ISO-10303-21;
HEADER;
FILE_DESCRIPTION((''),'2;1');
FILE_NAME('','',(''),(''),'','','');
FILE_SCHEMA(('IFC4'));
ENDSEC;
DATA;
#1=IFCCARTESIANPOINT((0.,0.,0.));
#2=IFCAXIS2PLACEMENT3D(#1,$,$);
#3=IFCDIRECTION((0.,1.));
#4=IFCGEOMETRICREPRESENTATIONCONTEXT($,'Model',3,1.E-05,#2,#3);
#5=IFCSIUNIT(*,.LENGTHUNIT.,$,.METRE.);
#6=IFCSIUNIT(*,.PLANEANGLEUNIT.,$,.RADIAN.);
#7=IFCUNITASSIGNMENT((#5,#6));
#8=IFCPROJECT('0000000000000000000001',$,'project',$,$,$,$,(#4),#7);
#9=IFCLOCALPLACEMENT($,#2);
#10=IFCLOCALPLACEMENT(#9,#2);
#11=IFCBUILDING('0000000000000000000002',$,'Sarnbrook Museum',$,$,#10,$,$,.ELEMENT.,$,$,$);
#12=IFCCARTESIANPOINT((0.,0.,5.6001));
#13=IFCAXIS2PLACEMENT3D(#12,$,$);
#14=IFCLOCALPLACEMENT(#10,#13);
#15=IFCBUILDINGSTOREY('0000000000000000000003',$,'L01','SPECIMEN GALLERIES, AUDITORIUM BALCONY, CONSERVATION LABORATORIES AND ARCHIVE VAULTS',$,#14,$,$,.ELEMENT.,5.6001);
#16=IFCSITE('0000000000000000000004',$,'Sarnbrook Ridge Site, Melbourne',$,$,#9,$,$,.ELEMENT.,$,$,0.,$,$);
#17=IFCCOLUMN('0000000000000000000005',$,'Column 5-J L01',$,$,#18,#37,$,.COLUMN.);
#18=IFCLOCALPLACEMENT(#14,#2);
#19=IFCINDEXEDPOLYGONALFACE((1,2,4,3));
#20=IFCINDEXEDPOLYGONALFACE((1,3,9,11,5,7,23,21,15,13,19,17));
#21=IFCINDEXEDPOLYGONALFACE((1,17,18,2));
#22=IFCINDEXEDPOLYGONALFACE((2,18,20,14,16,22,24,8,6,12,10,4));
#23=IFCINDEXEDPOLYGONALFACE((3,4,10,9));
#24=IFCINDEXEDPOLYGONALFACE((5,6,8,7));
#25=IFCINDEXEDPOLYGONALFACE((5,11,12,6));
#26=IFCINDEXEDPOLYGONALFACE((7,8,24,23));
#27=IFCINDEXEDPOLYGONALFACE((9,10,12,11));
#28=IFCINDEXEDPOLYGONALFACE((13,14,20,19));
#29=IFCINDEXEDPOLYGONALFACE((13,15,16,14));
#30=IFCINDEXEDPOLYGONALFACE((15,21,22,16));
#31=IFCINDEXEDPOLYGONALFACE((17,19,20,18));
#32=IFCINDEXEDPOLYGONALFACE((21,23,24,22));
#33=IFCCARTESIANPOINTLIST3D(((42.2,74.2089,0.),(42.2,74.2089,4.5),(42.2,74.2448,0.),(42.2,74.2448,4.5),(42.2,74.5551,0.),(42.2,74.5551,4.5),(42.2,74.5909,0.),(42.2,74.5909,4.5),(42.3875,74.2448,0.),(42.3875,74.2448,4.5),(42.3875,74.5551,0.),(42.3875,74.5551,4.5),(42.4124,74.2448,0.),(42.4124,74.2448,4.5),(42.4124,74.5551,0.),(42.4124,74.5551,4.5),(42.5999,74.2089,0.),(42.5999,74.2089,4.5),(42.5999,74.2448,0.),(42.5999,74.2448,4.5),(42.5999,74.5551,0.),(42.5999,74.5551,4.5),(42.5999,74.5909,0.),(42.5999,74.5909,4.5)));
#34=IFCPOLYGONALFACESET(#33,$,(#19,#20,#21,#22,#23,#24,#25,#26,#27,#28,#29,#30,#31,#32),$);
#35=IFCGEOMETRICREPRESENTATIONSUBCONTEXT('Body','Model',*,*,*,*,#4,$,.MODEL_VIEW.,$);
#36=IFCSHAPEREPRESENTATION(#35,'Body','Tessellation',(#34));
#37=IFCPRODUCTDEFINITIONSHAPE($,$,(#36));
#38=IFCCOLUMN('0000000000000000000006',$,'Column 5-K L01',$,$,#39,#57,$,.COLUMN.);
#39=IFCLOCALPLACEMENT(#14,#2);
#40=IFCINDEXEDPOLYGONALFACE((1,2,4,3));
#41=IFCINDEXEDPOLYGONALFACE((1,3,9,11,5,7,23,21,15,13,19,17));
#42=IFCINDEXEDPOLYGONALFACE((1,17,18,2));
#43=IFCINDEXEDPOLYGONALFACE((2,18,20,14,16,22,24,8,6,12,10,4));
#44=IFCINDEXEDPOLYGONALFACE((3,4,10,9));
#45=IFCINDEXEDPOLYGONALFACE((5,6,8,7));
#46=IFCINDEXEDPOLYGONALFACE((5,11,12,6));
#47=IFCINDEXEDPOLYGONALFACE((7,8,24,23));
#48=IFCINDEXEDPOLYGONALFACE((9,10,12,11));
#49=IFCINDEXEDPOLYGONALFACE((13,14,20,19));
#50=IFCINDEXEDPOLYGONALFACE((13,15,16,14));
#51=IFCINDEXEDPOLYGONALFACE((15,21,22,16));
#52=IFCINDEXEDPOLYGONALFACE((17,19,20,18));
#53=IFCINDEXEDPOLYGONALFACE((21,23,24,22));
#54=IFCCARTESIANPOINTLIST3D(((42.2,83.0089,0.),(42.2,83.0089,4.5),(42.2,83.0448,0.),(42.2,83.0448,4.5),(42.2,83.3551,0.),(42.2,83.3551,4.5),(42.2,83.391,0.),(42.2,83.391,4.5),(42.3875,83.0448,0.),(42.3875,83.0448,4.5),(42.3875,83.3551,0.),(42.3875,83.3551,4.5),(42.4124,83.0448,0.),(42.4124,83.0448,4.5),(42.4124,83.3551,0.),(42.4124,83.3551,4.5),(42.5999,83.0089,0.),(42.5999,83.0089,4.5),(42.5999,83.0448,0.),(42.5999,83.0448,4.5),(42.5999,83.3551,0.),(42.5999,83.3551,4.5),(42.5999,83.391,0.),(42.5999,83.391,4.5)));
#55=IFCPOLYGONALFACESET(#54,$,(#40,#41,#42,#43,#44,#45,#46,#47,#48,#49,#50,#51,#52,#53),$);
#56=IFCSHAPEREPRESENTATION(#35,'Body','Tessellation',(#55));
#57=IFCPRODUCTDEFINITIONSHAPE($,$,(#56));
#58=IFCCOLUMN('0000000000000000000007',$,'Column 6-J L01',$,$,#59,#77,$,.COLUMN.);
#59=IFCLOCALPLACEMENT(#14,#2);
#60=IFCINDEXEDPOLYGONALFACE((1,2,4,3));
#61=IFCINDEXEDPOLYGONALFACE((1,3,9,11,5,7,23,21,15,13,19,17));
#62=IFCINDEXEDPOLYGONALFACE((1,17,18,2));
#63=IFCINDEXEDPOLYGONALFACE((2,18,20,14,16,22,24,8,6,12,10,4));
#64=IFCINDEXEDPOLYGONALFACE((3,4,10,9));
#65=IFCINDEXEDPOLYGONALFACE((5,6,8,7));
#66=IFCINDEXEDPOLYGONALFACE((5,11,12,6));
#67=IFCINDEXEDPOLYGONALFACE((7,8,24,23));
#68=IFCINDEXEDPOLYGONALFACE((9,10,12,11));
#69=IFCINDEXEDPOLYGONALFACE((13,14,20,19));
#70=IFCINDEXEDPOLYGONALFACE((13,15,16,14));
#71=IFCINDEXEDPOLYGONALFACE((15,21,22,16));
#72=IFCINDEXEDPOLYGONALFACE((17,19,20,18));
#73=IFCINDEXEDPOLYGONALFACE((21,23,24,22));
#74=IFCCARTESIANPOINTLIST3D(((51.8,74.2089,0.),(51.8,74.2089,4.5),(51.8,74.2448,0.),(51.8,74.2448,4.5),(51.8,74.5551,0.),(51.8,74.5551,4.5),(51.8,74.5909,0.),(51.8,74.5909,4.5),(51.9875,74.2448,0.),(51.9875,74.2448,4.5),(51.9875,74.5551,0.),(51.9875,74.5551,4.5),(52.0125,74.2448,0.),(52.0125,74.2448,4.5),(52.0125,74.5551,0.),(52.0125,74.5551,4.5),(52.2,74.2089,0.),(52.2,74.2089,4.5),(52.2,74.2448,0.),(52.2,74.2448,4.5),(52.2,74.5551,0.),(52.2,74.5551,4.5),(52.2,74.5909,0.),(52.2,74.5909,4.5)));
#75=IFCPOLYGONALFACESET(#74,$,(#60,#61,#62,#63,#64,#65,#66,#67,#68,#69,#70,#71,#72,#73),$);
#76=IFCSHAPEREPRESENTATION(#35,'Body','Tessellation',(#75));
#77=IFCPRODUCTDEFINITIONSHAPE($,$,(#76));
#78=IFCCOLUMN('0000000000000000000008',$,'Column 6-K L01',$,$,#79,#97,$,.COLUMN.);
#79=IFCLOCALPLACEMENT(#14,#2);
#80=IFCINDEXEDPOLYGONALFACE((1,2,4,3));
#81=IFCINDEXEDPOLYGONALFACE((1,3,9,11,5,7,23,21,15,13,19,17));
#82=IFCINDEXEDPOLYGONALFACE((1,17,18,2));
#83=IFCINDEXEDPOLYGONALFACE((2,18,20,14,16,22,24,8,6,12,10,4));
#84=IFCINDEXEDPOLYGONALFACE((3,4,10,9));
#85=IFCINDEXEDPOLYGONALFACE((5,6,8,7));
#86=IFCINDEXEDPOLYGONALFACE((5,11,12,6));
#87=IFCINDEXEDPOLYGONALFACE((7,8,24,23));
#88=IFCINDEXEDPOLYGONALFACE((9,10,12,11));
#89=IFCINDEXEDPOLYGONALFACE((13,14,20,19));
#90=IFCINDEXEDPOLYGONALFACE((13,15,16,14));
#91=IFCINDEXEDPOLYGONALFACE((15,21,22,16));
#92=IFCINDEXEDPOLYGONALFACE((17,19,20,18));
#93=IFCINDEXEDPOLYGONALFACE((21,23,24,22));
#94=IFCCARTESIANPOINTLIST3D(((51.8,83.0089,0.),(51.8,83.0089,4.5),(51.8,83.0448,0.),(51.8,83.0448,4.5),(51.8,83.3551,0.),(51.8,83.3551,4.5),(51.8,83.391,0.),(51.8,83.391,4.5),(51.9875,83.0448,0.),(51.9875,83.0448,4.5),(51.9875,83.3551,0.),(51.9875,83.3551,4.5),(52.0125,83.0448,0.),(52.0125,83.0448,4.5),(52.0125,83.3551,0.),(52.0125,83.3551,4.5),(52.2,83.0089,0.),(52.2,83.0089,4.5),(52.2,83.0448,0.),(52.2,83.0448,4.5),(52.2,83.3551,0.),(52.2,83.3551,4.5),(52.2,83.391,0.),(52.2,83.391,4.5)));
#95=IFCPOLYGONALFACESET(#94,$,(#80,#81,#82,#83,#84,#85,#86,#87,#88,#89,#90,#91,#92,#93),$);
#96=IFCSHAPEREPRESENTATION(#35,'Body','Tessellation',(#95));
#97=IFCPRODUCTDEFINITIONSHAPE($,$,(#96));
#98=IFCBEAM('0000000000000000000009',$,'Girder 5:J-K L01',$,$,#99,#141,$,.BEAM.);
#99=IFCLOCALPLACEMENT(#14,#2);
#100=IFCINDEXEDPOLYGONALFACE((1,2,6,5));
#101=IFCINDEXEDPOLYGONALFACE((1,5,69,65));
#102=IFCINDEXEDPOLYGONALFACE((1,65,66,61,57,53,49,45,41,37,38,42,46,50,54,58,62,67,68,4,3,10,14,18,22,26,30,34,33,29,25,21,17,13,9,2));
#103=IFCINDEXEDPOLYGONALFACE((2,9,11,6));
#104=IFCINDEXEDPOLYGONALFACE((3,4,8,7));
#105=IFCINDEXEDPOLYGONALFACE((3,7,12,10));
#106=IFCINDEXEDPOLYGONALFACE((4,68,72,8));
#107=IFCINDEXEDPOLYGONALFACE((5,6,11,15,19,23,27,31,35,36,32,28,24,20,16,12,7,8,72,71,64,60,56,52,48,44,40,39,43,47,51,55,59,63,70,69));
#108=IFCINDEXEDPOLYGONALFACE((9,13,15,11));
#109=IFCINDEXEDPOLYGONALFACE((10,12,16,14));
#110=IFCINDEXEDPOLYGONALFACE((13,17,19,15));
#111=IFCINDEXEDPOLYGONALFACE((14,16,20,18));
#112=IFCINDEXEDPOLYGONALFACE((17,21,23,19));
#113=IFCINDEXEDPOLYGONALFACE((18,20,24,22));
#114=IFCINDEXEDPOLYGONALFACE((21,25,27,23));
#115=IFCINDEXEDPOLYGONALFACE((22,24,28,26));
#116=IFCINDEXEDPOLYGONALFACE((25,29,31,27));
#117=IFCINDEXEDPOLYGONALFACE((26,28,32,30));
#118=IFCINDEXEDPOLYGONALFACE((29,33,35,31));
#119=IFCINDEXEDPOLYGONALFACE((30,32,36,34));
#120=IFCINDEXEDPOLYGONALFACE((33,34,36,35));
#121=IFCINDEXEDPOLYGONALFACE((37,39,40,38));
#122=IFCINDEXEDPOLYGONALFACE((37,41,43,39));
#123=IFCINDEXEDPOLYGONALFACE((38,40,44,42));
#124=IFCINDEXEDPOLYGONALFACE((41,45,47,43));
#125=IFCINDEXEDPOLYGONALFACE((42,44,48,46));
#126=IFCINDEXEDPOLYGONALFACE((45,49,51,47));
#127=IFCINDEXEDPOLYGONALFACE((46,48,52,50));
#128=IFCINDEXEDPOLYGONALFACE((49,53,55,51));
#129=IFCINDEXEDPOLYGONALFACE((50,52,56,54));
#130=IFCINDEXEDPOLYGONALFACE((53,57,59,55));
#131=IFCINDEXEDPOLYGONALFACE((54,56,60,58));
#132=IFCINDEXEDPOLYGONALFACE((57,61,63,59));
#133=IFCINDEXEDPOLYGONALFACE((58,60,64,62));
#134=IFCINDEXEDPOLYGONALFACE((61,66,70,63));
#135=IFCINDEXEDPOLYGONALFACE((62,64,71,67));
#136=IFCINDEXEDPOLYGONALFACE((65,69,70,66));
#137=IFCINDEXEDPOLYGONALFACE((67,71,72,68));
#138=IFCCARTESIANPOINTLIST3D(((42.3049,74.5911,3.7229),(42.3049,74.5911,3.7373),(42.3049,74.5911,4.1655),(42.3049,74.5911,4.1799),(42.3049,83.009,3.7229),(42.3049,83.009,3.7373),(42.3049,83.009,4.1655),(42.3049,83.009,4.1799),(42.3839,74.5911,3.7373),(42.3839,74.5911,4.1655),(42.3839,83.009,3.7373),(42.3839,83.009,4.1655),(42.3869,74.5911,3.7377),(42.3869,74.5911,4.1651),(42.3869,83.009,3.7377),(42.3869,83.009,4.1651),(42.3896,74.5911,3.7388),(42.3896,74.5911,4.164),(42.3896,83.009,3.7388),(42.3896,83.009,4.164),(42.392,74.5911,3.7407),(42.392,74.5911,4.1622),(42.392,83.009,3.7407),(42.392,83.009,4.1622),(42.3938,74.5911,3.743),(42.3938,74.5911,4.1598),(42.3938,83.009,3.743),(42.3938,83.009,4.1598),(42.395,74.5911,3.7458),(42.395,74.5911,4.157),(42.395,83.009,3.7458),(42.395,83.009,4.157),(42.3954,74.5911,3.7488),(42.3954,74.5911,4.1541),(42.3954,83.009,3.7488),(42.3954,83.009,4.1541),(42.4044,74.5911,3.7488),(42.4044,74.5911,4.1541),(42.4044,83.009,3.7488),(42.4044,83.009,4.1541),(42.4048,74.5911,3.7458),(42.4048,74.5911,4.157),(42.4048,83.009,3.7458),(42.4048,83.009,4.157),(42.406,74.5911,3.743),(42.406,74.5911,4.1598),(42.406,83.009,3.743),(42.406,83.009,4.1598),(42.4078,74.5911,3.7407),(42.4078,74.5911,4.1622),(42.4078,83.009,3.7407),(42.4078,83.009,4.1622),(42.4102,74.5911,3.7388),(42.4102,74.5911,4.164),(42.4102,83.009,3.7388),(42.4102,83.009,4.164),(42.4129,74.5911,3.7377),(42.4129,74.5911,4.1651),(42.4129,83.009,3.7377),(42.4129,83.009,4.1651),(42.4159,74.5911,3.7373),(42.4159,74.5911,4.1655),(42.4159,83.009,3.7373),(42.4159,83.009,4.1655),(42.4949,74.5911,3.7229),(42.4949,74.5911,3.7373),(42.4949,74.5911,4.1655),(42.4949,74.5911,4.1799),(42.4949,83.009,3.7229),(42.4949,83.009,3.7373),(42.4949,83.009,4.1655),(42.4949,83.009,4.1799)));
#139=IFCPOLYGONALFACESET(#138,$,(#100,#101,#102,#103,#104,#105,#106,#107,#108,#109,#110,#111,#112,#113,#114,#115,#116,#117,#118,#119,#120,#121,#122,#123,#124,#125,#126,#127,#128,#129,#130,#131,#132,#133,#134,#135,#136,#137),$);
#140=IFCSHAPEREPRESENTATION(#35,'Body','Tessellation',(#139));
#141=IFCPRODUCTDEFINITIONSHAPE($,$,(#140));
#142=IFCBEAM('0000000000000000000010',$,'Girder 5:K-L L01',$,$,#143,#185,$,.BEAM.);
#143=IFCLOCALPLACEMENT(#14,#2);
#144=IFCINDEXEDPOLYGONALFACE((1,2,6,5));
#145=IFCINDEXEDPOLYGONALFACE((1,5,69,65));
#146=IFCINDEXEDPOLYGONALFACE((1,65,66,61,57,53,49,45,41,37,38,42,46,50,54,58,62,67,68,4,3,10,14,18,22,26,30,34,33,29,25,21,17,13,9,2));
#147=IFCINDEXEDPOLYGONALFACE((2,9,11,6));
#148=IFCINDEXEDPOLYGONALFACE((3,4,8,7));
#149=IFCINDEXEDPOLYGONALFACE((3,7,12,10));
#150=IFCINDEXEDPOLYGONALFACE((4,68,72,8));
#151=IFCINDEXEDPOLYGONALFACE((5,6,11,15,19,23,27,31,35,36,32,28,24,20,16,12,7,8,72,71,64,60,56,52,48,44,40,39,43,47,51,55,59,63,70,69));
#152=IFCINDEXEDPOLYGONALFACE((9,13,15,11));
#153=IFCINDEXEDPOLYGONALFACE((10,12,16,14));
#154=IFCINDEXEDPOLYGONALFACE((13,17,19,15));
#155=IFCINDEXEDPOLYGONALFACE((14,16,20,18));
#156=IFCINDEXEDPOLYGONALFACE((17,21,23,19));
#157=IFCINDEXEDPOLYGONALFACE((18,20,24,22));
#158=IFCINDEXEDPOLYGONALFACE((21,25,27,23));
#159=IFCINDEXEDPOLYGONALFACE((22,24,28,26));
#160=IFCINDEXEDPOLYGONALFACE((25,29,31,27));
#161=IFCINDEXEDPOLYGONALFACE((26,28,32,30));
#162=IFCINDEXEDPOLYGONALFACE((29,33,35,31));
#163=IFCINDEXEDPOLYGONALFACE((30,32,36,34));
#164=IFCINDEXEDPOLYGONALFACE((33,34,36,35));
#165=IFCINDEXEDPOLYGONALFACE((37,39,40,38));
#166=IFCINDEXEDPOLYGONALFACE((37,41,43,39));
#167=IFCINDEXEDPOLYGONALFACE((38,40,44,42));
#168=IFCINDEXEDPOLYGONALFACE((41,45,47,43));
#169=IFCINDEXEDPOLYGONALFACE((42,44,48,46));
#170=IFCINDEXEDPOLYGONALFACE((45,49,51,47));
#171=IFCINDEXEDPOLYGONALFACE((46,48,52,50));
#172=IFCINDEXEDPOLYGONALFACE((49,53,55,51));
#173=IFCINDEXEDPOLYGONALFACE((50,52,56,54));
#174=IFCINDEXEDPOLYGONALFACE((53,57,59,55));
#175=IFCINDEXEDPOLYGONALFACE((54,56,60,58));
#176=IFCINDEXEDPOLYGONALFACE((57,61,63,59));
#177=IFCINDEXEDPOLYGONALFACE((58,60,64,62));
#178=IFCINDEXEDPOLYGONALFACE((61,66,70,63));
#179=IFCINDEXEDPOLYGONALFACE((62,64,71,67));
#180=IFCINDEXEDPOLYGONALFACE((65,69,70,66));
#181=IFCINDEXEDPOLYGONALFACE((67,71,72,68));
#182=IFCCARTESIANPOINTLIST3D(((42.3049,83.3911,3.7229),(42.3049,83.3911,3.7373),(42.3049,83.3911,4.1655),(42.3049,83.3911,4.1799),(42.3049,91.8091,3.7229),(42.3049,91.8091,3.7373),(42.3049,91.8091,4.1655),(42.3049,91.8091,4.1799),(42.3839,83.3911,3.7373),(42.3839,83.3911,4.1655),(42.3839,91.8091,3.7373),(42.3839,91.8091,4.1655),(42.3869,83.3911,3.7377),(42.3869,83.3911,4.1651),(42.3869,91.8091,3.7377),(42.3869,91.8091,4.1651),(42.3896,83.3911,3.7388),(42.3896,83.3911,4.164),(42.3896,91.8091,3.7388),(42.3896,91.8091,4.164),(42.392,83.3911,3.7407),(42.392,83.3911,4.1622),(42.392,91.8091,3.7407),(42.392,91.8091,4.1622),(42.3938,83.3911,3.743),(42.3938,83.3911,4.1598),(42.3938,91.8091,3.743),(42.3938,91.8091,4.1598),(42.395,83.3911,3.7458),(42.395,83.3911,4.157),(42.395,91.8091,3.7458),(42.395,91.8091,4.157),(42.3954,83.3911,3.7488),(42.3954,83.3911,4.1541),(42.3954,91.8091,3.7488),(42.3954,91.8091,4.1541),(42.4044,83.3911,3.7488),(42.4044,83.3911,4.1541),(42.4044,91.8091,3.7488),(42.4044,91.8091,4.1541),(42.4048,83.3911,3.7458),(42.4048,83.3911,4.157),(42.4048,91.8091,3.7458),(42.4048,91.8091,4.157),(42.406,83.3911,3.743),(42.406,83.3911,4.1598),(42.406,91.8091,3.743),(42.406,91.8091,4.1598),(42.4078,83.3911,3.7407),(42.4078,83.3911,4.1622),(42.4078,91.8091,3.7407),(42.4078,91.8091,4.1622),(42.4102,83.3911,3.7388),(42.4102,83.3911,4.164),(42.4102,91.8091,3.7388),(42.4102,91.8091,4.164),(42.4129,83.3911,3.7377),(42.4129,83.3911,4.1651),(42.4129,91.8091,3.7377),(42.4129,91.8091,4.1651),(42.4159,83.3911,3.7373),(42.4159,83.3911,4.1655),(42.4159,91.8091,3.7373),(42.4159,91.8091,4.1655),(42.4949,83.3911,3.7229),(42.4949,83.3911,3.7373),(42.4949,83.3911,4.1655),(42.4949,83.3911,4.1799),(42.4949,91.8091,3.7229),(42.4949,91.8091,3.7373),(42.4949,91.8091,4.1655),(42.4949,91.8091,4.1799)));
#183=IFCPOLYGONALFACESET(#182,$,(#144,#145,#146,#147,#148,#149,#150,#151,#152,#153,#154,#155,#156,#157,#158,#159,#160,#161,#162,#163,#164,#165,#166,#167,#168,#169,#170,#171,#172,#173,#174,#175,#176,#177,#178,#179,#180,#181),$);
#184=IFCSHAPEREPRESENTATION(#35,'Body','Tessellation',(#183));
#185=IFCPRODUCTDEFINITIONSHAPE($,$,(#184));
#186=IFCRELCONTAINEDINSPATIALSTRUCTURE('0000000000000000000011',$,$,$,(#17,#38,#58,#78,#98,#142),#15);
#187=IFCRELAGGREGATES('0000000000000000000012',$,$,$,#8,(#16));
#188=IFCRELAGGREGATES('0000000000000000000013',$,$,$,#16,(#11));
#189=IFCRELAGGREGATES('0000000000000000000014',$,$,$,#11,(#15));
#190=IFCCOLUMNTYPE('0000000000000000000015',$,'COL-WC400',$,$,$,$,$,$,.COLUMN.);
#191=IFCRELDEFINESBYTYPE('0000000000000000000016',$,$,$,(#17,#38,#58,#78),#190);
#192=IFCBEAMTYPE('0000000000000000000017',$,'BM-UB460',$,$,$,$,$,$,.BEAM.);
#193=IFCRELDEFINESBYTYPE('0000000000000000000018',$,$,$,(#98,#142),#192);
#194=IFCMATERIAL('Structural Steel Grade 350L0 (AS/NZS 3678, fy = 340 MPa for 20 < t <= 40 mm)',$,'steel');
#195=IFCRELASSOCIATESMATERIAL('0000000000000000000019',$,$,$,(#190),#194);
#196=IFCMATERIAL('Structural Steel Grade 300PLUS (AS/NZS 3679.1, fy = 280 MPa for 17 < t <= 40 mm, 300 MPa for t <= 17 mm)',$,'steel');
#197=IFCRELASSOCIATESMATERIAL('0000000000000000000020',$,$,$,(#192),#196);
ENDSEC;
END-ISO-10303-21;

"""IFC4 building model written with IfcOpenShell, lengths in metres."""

from ifc_helpers import new_model, si_unit, direction, frame, origin, origin_2d, place, context, subcontext, project, spatial, i_section, extrude, material, material_profile, profile_set, type_object, element, save


model = new_model("IFC4")

# Units and contexts
model_context = context("Model", 3, precision=1e-05, world=origin(), true_north=direction((0.0, 1.0)))
body_context = subcontext(model_context, "Body", "Model", "MODEL_VIEW")
ifc_project = project(units=[si_unit("LENGTHUNIT", "METRE"), si_unit("PLANEANGLEUNIT", "RADIAN")], contexts=[model_context])

# Site, building, storey
site_placement = place(None, origin())
site = spatial("IfcSite", under=ifc_project, at=site_placement, Name="Sarnbrook Ridge Site, Melbourne", CompositionType="ELEMENT", RefElevation=0.0)
building_placement = place(site_placement, origin())
building = spatial("IfcBuilding", under=site, at=building_placement, Name="Sarnbrook Museum", CompositionType="ELEMENT")
storey_placement = place(building_placement, frame((0.0, 0.0, 5.6001)))
storey = spatial("IfcBuildingStorey", under=building, at=storey_placement, Name="L01", Description="SPECIMEN GALLERIES, AUDITORIUM BALCONY, CONSERVATION LABORATORIES AND ARCHIVE VAULTS", CompositionType="ELEMENT", Elevation=5.6001)

# Columns
ifc_material_1 = material(Name="Structural Steel Grade 350L0 (AS/NZS 3678, fy = 340 MPa for 20 < t <= 40 mm)", Category="steel")
ifc_material_profile_1 = material_profile(ifc_material_1, i_section(OverallWidth=0.3999, OverallDepth=0.3821, WebThickness=0.0249, FlangeThickness=0.0359, at=origin_2d()), Name="400WC270")
ifc_profile_set_1 = profile_set([ifc_material_profile_1], Name="Structural Steel Grade 350L0 (AS/NZS 3678, fy = 340 MPa for 20 < t <= 40 mm)")
column_type = type_object("IfcColumnType", Name="COL-WC400", PredefinedType="COLUMN", material=ifc_profile_set_1)
for number, where, z_axis, x_axis, name in (
    (1, (42.3999, 74.3999, 0.0), (0.0, 0.0, 1.0), (1.0, 0.0, 0.0), "Column 5-J L01"),
    (2, (42.3999, 83.2, 0.0), (0.0, 0.0, 1.0), (1.0, 0.0, 0.0), "Column 5-K L01"),
    (3, (52.0, 74.3999, 0.0), (0.0, 0.0, 1.0), (1.0, 0.0, 0.0), "Column 6-J L01"),
    (4, (52.0, 83.2, 0.0), (0.0, 0.0, 1.0), (1.0, 0.0, 0.0), "Column 6-K L01"),
):
    element("IfcColumn", number, at=place(storey_placement, frame(where, z_axis=z_axis, x_axis=x_axis)), inside=storey, type_object=column_type, Name=name, PredefinedType="COLUMN", context=body_context, shape_type="SweptSolid", body=[
        extrude(i_section(OverallWidth=0.3999, OverallDepth=0.3821, WebThickness=0.0249, FlangeThickness=0.0359, at=origin_2d()), origin(), (0.0, 0.0, 1.0), 4.5),
    ])

# Beams
ifc_material_2 = material(Name="Structural Steel Grade 300PLUS (AS/NZS 3679.1, fy = 280 MPa for 17 < t <= 40 mm, 300 MPa for t <= 17 mm)", Category="steel")
ifc_material_profile_2 = material_profile(ifc_material_2, i_section(OverallWidth=0.1899, OverallDepth=0.457, WebThickness=0.009, FlangeThickness=0.0144, FilletRadius=0.0115, at=origin_2d()), Name="460UB74.6")
ifc_profile_set_2 = profile_set([ifc_material_profile_2], Name="Structural Steel Grade 300PLUS (AS/NZS 3679.1, fy = 280 MPa for 17 < t <= 40 mm, 300 MPa for t <= 17 mm)")
beam_type_1 = type_object("IfcBeamType", Name="BM-UB460", PredefinedType="BEAM", material=ifc_profile_set_2)
for number, where, z_axis, x_axis, name in (
    (5, (42.3999, 74.5911, 3.9514), (0.0, 1.0, 0.0), (-1.0, 0.0, 0.0), "Girder 5:J-K L01"),
    (6, (42.3999, 83.3911, 3.9514), (0.0, 1.0, 0.0), (-1.0, 0.0, 0.0), "Girder 5:K-L L01"),
):
    element("IfcBeam", number, at=place(storey_placement, frame(where, z_axis=z_axis, x_axis=x_axis)), inside=storey, type_object=beam_type_1, Name=name, PredefinedType="BEAM", context=body_context, shape_type="SweptSolid", body=[
        extrude(i_section(OverallWidth=0.1899, OverallDepth=0.457, WebThickness=0.009, FlangeThickness=0.0144, FilletRadius=0.0115, at=origin_2d()), origin(), (0.0, 0.0, 1.0), 8.418),
    ])

save(model, "model.ifc")
